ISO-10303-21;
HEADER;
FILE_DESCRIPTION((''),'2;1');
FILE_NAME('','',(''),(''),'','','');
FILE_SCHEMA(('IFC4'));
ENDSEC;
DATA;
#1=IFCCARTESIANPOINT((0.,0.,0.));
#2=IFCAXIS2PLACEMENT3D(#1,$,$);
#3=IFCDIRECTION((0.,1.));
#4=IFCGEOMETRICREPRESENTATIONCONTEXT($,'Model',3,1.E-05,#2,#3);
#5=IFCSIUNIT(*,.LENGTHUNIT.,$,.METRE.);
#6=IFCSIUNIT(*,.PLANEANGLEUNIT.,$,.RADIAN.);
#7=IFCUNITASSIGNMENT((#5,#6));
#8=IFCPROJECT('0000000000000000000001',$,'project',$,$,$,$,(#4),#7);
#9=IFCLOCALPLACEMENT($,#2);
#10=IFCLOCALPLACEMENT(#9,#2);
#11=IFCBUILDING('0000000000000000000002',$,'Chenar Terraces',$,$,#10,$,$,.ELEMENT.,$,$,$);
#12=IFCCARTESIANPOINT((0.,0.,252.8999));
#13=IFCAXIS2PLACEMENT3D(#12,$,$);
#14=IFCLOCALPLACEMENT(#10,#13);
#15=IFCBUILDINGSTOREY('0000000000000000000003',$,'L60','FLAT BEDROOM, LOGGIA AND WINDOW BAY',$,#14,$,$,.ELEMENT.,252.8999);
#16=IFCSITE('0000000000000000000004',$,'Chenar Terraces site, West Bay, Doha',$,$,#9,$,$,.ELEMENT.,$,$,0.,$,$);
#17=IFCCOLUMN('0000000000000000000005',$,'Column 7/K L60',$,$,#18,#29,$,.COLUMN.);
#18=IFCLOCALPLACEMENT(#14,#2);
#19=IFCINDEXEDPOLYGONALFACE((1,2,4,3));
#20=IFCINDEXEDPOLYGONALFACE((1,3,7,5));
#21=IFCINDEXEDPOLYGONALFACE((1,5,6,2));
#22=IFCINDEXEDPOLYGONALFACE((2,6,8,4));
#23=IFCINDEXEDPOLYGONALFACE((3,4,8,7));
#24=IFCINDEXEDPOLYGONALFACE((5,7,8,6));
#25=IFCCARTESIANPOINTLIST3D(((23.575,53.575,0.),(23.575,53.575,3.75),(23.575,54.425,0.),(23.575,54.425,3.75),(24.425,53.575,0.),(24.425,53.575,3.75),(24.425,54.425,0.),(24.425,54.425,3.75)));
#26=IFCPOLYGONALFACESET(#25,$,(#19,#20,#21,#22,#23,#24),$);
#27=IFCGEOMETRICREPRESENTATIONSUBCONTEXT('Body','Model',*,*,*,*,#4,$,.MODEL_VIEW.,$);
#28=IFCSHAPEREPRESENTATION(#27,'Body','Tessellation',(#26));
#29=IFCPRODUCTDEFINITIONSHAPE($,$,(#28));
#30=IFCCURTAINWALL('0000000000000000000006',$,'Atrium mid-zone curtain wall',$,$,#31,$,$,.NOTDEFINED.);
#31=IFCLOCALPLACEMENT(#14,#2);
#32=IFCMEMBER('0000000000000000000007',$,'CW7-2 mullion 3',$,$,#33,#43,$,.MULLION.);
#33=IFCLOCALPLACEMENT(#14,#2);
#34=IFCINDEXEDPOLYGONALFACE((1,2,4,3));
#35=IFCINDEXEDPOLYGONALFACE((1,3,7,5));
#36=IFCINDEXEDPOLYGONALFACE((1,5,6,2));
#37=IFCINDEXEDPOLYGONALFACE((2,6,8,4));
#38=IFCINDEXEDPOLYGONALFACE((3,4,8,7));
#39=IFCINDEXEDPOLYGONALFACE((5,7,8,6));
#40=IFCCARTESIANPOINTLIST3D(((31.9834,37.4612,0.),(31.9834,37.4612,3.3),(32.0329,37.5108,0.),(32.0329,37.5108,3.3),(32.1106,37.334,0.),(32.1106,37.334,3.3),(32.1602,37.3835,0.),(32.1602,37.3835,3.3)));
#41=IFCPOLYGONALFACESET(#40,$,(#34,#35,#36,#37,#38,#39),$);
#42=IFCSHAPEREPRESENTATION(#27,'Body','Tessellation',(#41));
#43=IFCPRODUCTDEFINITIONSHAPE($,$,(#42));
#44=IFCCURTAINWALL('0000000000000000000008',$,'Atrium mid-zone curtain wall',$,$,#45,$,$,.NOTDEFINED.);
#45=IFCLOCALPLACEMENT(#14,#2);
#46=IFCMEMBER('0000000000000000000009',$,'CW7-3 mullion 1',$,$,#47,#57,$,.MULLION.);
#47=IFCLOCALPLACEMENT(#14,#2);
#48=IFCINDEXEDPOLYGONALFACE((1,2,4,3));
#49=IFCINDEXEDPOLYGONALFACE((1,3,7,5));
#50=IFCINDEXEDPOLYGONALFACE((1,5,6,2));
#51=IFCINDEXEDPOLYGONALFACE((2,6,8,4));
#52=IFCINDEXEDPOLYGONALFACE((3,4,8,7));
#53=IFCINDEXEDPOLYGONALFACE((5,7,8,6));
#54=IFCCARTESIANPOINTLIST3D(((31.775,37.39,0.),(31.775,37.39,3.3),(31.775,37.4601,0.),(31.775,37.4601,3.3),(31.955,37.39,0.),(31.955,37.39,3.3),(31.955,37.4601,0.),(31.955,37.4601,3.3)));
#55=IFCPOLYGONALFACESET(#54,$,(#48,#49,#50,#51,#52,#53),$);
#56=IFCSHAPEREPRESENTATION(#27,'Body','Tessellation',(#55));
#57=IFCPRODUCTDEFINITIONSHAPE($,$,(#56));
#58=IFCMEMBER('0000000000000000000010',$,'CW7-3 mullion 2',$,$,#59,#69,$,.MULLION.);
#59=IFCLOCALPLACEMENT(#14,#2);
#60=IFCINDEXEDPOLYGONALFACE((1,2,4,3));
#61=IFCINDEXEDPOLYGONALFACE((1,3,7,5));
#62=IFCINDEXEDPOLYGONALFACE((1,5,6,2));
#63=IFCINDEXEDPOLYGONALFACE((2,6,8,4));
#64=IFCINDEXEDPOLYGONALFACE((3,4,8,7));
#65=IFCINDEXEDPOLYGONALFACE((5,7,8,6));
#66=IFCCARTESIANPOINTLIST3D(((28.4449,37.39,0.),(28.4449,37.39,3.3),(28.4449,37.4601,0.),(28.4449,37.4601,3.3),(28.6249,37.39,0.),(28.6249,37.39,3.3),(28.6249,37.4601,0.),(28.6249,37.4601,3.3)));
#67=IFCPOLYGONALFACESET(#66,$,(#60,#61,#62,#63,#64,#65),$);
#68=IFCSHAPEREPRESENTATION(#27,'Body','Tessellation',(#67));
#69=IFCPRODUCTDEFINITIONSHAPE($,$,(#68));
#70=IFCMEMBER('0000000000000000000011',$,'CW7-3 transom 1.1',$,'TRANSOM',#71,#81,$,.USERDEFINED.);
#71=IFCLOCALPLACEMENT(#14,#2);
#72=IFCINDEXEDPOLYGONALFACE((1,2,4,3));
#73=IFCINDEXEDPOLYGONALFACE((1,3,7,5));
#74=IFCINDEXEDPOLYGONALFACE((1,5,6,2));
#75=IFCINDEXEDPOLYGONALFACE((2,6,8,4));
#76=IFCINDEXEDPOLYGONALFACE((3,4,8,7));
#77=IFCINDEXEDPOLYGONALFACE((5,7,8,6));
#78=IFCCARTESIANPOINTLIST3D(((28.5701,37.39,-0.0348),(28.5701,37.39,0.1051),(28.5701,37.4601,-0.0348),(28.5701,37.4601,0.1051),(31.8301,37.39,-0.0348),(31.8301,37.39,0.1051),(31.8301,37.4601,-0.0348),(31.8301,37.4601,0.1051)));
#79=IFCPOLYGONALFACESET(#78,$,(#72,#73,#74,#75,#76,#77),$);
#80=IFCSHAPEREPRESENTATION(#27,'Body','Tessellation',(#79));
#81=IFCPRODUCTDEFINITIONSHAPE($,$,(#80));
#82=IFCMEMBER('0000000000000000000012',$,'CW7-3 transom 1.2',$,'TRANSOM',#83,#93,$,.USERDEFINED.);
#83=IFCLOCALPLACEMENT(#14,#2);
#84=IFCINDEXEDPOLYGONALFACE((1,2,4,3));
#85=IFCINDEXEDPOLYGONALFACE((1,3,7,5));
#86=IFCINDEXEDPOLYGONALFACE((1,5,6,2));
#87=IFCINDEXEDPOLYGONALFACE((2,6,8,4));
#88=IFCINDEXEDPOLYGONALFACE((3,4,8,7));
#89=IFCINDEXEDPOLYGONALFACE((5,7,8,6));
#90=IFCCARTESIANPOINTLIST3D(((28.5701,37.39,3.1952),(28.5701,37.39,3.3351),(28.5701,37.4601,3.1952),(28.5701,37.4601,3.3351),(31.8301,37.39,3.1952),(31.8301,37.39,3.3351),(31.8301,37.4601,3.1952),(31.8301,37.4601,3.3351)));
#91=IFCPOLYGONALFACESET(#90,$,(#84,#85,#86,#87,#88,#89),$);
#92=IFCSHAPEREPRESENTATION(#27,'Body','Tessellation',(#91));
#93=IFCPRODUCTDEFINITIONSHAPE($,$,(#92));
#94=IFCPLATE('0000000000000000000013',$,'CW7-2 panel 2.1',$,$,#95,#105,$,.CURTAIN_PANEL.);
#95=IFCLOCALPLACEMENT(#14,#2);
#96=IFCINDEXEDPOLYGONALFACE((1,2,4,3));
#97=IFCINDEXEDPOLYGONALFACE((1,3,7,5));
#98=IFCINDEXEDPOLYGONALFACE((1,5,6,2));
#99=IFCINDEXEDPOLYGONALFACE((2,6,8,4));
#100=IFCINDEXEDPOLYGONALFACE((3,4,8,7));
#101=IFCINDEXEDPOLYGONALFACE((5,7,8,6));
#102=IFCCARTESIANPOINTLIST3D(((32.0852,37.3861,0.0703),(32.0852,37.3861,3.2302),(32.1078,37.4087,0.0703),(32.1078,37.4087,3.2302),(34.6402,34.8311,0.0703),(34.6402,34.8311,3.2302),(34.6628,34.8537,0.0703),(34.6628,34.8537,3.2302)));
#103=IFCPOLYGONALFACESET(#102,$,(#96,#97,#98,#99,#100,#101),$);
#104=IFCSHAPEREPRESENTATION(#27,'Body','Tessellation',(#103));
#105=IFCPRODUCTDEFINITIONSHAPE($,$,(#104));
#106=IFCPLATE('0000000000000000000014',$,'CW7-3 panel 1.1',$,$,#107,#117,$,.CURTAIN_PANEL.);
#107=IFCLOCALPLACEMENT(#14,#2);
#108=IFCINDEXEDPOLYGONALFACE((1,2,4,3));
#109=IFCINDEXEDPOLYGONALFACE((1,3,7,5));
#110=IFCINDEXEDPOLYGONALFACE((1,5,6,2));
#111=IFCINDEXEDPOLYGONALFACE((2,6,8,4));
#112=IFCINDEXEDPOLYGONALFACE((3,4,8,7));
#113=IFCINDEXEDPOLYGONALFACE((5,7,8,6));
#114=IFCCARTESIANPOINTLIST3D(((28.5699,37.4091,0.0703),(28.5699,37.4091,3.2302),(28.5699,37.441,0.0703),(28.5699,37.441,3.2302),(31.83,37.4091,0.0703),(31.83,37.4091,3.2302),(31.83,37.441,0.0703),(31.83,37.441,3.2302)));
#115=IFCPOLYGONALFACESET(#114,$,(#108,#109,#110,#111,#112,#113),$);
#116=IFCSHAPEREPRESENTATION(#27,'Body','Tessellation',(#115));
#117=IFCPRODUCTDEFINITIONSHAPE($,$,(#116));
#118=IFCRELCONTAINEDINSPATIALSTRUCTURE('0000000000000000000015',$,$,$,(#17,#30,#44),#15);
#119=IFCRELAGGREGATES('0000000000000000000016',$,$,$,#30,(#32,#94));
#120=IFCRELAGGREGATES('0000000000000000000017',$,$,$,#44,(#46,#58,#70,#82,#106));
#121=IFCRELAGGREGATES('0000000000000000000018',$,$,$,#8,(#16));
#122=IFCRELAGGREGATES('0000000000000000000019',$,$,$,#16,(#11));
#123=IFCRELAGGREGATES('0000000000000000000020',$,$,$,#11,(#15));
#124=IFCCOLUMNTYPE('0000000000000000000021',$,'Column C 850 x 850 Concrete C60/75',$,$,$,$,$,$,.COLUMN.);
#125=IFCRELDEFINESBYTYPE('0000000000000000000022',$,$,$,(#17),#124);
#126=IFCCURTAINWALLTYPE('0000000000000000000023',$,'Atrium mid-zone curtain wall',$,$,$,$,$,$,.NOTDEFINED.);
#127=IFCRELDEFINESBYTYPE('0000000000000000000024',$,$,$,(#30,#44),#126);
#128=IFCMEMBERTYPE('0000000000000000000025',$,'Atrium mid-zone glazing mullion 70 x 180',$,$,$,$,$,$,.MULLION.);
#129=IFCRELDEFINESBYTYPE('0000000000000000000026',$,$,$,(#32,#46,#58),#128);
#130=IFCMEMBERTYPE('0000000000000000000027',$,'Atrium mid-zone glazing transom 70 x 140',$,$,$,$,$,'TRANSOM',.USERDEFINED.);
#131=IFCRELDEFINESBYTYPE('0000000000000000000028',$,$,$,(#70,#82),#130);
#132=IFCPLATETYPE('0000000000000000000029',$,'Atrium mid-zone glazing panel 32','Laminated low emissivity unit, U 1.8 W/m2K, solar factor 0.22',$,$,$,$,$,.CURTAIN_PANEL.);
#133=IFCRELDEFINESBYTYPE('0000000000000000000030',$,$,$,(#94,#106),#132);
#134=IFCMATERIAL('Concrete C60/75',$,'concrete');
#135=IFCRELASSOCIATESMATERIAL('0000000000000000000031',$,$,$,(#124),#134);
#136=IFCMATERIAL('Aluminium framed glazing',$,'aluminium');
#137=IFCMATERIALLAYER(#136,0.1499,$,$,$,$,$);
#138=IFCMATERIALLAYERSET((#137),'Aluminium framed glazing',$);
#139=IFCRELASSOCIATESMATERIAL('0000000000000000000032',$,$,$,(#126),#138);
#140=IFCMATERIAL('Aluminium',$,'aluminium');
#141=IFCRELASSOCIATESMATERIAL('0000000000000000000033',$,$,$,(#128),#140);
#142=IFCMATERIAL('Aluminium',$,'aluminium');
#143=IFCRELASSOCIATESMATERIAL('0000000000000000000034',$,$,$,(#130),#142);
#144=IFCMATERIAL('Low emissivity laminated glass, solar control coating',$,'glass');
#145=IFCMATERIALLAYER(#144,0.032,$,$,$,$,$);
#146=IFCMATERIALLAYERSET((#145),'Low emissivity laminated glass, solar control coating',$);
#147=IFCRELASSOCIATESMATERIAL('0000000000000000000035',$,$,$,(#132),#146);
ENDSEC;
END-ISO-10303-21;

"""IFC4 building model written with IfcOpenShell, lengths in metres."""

from ifc_helpers import new_model, si_unit, direction, frame, origin, origin_2d, place, context, subcontext, project, spatial, rectangle, extrude, material, layer, layer_set, material_profile, profile_set, type_object, element, aggregate, save


model = new_model("IFC4")

# Units and contexts
model_context = context("Model", 3, precision=1e-05, world=origin(), true_north=direction((0.0, 1.0)))
body_context = subcontext(model_context, "Body", "Model", "MODEL_VIEW")
ifc_project = project(units=[si_unit("LENGTHUNIT", "METRE"), si_unit("PLANEANGLEUNIT", "RADIAN")], contexts=[model_context])

# Site, building, storey
site_placement = place(None, origin())
site = spatial("IfcSite", under=ifc_project, at=site_placement, Name="Chenar Terraces site, West Bay, Doha", CompositionType="ELEMENT", RefElevation=0.0)
building_placement = place(site_placement, origin())
building = spatial("IfcBuilding", under=site, at=building_placement, Name="Chenar Terraces", CompositionType="ELEMENT")
storey_placement = place(building_placement, frame((0.0, 0.0, 252.8999)))
storey = spatial("IfcBuildingStorey", under=building, at=storey_placement, Name="L60", Description="FLAT BEDROOM, LOGGIA AND WINDOW BAY", CompositionType="ELEMENT", Elevation=252.8999)

# Column
ifc_material_1 = material(Name="Concrete C60/75", Category="concrete")
ifc_material_profile_1 = material_profile(ifc_material_1, rectangle(XDim=0.8501, YDim=0.8501, at=origin_2d()), Name="C 850 x 850")
ifc_profile_set_1 = profile_set([ifc_material_profile_1], Name="Concrete C60/75")
column_type = type_object("IfcColumnType", Name="Column C 850 x 850 Concrete C60/75", PredefinedType="COLUMN", material=ifc_profile_set_1)
column_placement = place(storey_placement, frame((24.0, 54.0, 0.0), z_axis=(0.0, 0.0, 1.0), x_axis=(1.0, 0.0, 0.0)))
element("IfcColumn", 1, at=column_placement, inside=storey, type_object=column_type, Name="Column 7/K L60", PredefinedType="COLUMN", context=body_context, shape_type="SweptSolid", body=[
    extrude(rectangle(XDim=0.8501, YDim=0.8501, at=origin_2d()), origin(), (0.0, 0.0, 1.0), 3.75),
])

# Curtain wall, member
ifc_material_2 = material(Name="Aluminium framed glazing", Category="aluminium")
ifc_layer_1 = layer(ifc_material_2, 0.1499)
ifc_layer_set_1 = layer_set([ifc_layer_1], Name="Aluminium framed glazing")
curtain_wall_type = type_object("IfcCurtainWallType", Name="Atrium mid-zone curtain wall", PredefinedType="NOTDEFINED", material=ifc_layer_set_1)
placement = place(storey_placement, origin())
curtain_wall_1 = element("IfcCurtainWall", 2, at=placement, inside=storey, type_object=curtain_wall_type, Name="Atrium mid-zone curtain wall", PredefinedType="NOTDEFINED")
ifc_material_3 = material(Name="Aluminium", Category="aluminium")
ifc_material_profile_2 = material_profile(ifc_material_3, rectangle(XDim=0.0701, YDim=0.1799, at=origin_2d()), Name="Atrium mid-zone glazing mullion 70 x 180")
ifc_profile_set_2 = profile_set([ifc_material_profile_2], Name="Aluminium")
member_type_1 = type_object("IfcMemberType", Name="Atrium mid-zone glazing mullion 70 x 180", PredefinedType="MULLION", material=ifc_profile_set_2)
member_1_placement = place(storey_placement, frame((32.0718, 37.4224, 0.0), z_axis=(0.0, 0.0, 1.0), x_axis=(-0.707107, -0.707107, 0.0)))
member_1 = element("IfcMember", 3, at=member_1_placement, type_object=member_type_1, Name="CW7-2 mullion 3", PredefinedType="MULLION", context=body_context, shape_type="SweptSolid", body=[
    extrude(rectangle(XDim=0.0701, YDim=0.1799, at=origin_2d()), origin(), (0.0, 0.0, 1.0), 3.3),
])

# Curtain wall, members
curtain_wall_2 = element("IfcCurtainWall", 4, at=placement, inside=storey, type_object=curtain_wall_type, Name="Atrium mid-zone curtain wall", PredefinedType="NOTDEFINED")
member_2_placement = place(storey_placement, frame((31.865, 37.425, 0.0), z_axis=(0.0, 0.0, 1.0), x_axis=(0.0, -1.0, 0.0)))
member_2 = element("IfcMember", 5, at=member_2_placement, type_object=member_type_1, Name="CW7-3 mullion 1", PredefinedType="MULLION", context=body_context, shape_type="SweptSolid", body=[
    extrude(rectangle(XDim=0.0701, YDim=0.1799, at=origin_2d()), origin(), (0.0, 0.0, 1.0), 3.3),
])
member_3_placement = place(storey_placement, frame((28.5349, 37.425, 0.0), z_axis=(0.0, 0.0, 1.0), x_axis=(0.0, -1.0, 0.0)))
member_3 = element("IfcMember", 6, at=member_3_placement, type_object=member_type_1, Name="CW7-3 mullion 2", PredefinedType="MULLION", context=body_context, shape_type="SweptSolid", body=[
    extrude(rectangle(XDim=0.0701, YDim=0.1799, at=origin_2d()), origin(), (0.0, 0.0, 1.0), 3.3),
])
ifc_material_4 = material(Name="Aluminium", Category="aluminium")
ifc_material_profile_3 = material_profile(ifc_material_4, rectangle(XDim=0.0701, YDim=0.1399, at=origin_2d()), Name="Atrium mid-zone glazing transom 70 x 140")
ifc_profile_set_3 = profile_set([ifc_material_profile_3], Name="Aluminium")
member_type_2 = type_object("IfcMemberType", Name="Atrium mid-zone glazing transom 70 x 140", ElementType="TRANSOM", PredefinedType="USERDEFINED", material=ifc_profile_set_3)
member_4_placement = place(storey_placement, frame((31.8301, 37.425, 0.0352), z_axis=(-1.0, 0.0, 0.0), x_axis=(0.0, -1.0, 0.0)))
member_4 = element("IfcMember", 7, at=member_4_placement, type_object=member_type_2, Name="CW7-3 transom 1.1", ObjectType="TRANSOM", PredefinedType="USERDEFINED", context=body_context, shape_type="SweptSolid", body=[
    extrude(rectangle(XDim=0.0701, YDim=0.1399, at=origin_2d()), origin(), (0.0, 0.0, 1.0), 3.26),
])
member_5_placement = place(storey_placement, frame((31.8301, 37.425, 3.2651), z_axis=(-1.0, 0.0, 0.0), x_axis=(0.0, -1.0, 0.0)))
member_5 = element("IfcMember", 8, at=member_5_placement, type_object=member_type_2, Name="CW7-3 transom 1.2", ObjectType="TRANSOM", PredefinedType="USERDEFINED", context=body_context, shape_type="SweptSolid", body=[
    extrude(rectangle(XDim=0.0701, YDim=0.1399, at=origin_2d()), origin(), (0.0, 0.0, 1.0), 3.26),
])

# Plates
ifc_material_5 = material(Name="Low emissivity laminated glass, solar control coating", Category="glass")
ifc_layer_2 = layer(ifc_material_5, 0.032)
ifc_layer_set_2 = layer_set([ifc_layer_2], Name="Low emissivity laminated glass, solar control coating")
plate_type = type_object("IfcPlateType", Name="Atrium mid-zone glazing panel 32", Description="Laminated low emissivity unit, U 1.8 W/m2K, solar factor 0.22", PredefinedType="CURTAIN_PANEL", material=ifc_layer_set_2)
plate_1_placement = place(storey_placement, frame((33.374, 36.1199, 0.0703), z_axis=(0.0, 0.0, 1.0), x_axis=(-0.707107, 0.707107, 0.0)))
plate_1 = element("IfcPlate", 9, at=plate_1_placement, type_object=plate_type, Name="CW7-2 panel 2.1", PredefinedType="CURTAIN_PANEL", context=body_context, shape_type="SweptSolid", body=[
    extrude(rectangle(XDim=3.6133, YDim=0.032, at=origin_2d()), origin(), (0.0, 0.0, 1.0), 3.1599),
])
aggregate(curtain_wall_1, [member_1, plate_1])
plate_2_placement = place(storey_placement, frame((30.2, 37.425, 0.0703), z_axis=(0.0, 0.0, 1.0), x_axis=(-1.0, 0.0, 0.0)))
plate_2 = element("IfcPlate", 10, at=plate_2_placement, type_object=plate_type, Name="CW7-3 panel 1.1", PredefinedType="CURTAIN_PANEL", context=body_context, shape_type="SweptSolid", body=[
    extrude(rectangle(XDim=3.26, YDim=0.032, at=origin_2d()), origin(), (0.0, 0.0, 1.0), 3.1599),
])
aggregate(curtain_wall_2, [member_2, member_3, member_4, member_5, plate_2])

save(model, "model.ifc")
